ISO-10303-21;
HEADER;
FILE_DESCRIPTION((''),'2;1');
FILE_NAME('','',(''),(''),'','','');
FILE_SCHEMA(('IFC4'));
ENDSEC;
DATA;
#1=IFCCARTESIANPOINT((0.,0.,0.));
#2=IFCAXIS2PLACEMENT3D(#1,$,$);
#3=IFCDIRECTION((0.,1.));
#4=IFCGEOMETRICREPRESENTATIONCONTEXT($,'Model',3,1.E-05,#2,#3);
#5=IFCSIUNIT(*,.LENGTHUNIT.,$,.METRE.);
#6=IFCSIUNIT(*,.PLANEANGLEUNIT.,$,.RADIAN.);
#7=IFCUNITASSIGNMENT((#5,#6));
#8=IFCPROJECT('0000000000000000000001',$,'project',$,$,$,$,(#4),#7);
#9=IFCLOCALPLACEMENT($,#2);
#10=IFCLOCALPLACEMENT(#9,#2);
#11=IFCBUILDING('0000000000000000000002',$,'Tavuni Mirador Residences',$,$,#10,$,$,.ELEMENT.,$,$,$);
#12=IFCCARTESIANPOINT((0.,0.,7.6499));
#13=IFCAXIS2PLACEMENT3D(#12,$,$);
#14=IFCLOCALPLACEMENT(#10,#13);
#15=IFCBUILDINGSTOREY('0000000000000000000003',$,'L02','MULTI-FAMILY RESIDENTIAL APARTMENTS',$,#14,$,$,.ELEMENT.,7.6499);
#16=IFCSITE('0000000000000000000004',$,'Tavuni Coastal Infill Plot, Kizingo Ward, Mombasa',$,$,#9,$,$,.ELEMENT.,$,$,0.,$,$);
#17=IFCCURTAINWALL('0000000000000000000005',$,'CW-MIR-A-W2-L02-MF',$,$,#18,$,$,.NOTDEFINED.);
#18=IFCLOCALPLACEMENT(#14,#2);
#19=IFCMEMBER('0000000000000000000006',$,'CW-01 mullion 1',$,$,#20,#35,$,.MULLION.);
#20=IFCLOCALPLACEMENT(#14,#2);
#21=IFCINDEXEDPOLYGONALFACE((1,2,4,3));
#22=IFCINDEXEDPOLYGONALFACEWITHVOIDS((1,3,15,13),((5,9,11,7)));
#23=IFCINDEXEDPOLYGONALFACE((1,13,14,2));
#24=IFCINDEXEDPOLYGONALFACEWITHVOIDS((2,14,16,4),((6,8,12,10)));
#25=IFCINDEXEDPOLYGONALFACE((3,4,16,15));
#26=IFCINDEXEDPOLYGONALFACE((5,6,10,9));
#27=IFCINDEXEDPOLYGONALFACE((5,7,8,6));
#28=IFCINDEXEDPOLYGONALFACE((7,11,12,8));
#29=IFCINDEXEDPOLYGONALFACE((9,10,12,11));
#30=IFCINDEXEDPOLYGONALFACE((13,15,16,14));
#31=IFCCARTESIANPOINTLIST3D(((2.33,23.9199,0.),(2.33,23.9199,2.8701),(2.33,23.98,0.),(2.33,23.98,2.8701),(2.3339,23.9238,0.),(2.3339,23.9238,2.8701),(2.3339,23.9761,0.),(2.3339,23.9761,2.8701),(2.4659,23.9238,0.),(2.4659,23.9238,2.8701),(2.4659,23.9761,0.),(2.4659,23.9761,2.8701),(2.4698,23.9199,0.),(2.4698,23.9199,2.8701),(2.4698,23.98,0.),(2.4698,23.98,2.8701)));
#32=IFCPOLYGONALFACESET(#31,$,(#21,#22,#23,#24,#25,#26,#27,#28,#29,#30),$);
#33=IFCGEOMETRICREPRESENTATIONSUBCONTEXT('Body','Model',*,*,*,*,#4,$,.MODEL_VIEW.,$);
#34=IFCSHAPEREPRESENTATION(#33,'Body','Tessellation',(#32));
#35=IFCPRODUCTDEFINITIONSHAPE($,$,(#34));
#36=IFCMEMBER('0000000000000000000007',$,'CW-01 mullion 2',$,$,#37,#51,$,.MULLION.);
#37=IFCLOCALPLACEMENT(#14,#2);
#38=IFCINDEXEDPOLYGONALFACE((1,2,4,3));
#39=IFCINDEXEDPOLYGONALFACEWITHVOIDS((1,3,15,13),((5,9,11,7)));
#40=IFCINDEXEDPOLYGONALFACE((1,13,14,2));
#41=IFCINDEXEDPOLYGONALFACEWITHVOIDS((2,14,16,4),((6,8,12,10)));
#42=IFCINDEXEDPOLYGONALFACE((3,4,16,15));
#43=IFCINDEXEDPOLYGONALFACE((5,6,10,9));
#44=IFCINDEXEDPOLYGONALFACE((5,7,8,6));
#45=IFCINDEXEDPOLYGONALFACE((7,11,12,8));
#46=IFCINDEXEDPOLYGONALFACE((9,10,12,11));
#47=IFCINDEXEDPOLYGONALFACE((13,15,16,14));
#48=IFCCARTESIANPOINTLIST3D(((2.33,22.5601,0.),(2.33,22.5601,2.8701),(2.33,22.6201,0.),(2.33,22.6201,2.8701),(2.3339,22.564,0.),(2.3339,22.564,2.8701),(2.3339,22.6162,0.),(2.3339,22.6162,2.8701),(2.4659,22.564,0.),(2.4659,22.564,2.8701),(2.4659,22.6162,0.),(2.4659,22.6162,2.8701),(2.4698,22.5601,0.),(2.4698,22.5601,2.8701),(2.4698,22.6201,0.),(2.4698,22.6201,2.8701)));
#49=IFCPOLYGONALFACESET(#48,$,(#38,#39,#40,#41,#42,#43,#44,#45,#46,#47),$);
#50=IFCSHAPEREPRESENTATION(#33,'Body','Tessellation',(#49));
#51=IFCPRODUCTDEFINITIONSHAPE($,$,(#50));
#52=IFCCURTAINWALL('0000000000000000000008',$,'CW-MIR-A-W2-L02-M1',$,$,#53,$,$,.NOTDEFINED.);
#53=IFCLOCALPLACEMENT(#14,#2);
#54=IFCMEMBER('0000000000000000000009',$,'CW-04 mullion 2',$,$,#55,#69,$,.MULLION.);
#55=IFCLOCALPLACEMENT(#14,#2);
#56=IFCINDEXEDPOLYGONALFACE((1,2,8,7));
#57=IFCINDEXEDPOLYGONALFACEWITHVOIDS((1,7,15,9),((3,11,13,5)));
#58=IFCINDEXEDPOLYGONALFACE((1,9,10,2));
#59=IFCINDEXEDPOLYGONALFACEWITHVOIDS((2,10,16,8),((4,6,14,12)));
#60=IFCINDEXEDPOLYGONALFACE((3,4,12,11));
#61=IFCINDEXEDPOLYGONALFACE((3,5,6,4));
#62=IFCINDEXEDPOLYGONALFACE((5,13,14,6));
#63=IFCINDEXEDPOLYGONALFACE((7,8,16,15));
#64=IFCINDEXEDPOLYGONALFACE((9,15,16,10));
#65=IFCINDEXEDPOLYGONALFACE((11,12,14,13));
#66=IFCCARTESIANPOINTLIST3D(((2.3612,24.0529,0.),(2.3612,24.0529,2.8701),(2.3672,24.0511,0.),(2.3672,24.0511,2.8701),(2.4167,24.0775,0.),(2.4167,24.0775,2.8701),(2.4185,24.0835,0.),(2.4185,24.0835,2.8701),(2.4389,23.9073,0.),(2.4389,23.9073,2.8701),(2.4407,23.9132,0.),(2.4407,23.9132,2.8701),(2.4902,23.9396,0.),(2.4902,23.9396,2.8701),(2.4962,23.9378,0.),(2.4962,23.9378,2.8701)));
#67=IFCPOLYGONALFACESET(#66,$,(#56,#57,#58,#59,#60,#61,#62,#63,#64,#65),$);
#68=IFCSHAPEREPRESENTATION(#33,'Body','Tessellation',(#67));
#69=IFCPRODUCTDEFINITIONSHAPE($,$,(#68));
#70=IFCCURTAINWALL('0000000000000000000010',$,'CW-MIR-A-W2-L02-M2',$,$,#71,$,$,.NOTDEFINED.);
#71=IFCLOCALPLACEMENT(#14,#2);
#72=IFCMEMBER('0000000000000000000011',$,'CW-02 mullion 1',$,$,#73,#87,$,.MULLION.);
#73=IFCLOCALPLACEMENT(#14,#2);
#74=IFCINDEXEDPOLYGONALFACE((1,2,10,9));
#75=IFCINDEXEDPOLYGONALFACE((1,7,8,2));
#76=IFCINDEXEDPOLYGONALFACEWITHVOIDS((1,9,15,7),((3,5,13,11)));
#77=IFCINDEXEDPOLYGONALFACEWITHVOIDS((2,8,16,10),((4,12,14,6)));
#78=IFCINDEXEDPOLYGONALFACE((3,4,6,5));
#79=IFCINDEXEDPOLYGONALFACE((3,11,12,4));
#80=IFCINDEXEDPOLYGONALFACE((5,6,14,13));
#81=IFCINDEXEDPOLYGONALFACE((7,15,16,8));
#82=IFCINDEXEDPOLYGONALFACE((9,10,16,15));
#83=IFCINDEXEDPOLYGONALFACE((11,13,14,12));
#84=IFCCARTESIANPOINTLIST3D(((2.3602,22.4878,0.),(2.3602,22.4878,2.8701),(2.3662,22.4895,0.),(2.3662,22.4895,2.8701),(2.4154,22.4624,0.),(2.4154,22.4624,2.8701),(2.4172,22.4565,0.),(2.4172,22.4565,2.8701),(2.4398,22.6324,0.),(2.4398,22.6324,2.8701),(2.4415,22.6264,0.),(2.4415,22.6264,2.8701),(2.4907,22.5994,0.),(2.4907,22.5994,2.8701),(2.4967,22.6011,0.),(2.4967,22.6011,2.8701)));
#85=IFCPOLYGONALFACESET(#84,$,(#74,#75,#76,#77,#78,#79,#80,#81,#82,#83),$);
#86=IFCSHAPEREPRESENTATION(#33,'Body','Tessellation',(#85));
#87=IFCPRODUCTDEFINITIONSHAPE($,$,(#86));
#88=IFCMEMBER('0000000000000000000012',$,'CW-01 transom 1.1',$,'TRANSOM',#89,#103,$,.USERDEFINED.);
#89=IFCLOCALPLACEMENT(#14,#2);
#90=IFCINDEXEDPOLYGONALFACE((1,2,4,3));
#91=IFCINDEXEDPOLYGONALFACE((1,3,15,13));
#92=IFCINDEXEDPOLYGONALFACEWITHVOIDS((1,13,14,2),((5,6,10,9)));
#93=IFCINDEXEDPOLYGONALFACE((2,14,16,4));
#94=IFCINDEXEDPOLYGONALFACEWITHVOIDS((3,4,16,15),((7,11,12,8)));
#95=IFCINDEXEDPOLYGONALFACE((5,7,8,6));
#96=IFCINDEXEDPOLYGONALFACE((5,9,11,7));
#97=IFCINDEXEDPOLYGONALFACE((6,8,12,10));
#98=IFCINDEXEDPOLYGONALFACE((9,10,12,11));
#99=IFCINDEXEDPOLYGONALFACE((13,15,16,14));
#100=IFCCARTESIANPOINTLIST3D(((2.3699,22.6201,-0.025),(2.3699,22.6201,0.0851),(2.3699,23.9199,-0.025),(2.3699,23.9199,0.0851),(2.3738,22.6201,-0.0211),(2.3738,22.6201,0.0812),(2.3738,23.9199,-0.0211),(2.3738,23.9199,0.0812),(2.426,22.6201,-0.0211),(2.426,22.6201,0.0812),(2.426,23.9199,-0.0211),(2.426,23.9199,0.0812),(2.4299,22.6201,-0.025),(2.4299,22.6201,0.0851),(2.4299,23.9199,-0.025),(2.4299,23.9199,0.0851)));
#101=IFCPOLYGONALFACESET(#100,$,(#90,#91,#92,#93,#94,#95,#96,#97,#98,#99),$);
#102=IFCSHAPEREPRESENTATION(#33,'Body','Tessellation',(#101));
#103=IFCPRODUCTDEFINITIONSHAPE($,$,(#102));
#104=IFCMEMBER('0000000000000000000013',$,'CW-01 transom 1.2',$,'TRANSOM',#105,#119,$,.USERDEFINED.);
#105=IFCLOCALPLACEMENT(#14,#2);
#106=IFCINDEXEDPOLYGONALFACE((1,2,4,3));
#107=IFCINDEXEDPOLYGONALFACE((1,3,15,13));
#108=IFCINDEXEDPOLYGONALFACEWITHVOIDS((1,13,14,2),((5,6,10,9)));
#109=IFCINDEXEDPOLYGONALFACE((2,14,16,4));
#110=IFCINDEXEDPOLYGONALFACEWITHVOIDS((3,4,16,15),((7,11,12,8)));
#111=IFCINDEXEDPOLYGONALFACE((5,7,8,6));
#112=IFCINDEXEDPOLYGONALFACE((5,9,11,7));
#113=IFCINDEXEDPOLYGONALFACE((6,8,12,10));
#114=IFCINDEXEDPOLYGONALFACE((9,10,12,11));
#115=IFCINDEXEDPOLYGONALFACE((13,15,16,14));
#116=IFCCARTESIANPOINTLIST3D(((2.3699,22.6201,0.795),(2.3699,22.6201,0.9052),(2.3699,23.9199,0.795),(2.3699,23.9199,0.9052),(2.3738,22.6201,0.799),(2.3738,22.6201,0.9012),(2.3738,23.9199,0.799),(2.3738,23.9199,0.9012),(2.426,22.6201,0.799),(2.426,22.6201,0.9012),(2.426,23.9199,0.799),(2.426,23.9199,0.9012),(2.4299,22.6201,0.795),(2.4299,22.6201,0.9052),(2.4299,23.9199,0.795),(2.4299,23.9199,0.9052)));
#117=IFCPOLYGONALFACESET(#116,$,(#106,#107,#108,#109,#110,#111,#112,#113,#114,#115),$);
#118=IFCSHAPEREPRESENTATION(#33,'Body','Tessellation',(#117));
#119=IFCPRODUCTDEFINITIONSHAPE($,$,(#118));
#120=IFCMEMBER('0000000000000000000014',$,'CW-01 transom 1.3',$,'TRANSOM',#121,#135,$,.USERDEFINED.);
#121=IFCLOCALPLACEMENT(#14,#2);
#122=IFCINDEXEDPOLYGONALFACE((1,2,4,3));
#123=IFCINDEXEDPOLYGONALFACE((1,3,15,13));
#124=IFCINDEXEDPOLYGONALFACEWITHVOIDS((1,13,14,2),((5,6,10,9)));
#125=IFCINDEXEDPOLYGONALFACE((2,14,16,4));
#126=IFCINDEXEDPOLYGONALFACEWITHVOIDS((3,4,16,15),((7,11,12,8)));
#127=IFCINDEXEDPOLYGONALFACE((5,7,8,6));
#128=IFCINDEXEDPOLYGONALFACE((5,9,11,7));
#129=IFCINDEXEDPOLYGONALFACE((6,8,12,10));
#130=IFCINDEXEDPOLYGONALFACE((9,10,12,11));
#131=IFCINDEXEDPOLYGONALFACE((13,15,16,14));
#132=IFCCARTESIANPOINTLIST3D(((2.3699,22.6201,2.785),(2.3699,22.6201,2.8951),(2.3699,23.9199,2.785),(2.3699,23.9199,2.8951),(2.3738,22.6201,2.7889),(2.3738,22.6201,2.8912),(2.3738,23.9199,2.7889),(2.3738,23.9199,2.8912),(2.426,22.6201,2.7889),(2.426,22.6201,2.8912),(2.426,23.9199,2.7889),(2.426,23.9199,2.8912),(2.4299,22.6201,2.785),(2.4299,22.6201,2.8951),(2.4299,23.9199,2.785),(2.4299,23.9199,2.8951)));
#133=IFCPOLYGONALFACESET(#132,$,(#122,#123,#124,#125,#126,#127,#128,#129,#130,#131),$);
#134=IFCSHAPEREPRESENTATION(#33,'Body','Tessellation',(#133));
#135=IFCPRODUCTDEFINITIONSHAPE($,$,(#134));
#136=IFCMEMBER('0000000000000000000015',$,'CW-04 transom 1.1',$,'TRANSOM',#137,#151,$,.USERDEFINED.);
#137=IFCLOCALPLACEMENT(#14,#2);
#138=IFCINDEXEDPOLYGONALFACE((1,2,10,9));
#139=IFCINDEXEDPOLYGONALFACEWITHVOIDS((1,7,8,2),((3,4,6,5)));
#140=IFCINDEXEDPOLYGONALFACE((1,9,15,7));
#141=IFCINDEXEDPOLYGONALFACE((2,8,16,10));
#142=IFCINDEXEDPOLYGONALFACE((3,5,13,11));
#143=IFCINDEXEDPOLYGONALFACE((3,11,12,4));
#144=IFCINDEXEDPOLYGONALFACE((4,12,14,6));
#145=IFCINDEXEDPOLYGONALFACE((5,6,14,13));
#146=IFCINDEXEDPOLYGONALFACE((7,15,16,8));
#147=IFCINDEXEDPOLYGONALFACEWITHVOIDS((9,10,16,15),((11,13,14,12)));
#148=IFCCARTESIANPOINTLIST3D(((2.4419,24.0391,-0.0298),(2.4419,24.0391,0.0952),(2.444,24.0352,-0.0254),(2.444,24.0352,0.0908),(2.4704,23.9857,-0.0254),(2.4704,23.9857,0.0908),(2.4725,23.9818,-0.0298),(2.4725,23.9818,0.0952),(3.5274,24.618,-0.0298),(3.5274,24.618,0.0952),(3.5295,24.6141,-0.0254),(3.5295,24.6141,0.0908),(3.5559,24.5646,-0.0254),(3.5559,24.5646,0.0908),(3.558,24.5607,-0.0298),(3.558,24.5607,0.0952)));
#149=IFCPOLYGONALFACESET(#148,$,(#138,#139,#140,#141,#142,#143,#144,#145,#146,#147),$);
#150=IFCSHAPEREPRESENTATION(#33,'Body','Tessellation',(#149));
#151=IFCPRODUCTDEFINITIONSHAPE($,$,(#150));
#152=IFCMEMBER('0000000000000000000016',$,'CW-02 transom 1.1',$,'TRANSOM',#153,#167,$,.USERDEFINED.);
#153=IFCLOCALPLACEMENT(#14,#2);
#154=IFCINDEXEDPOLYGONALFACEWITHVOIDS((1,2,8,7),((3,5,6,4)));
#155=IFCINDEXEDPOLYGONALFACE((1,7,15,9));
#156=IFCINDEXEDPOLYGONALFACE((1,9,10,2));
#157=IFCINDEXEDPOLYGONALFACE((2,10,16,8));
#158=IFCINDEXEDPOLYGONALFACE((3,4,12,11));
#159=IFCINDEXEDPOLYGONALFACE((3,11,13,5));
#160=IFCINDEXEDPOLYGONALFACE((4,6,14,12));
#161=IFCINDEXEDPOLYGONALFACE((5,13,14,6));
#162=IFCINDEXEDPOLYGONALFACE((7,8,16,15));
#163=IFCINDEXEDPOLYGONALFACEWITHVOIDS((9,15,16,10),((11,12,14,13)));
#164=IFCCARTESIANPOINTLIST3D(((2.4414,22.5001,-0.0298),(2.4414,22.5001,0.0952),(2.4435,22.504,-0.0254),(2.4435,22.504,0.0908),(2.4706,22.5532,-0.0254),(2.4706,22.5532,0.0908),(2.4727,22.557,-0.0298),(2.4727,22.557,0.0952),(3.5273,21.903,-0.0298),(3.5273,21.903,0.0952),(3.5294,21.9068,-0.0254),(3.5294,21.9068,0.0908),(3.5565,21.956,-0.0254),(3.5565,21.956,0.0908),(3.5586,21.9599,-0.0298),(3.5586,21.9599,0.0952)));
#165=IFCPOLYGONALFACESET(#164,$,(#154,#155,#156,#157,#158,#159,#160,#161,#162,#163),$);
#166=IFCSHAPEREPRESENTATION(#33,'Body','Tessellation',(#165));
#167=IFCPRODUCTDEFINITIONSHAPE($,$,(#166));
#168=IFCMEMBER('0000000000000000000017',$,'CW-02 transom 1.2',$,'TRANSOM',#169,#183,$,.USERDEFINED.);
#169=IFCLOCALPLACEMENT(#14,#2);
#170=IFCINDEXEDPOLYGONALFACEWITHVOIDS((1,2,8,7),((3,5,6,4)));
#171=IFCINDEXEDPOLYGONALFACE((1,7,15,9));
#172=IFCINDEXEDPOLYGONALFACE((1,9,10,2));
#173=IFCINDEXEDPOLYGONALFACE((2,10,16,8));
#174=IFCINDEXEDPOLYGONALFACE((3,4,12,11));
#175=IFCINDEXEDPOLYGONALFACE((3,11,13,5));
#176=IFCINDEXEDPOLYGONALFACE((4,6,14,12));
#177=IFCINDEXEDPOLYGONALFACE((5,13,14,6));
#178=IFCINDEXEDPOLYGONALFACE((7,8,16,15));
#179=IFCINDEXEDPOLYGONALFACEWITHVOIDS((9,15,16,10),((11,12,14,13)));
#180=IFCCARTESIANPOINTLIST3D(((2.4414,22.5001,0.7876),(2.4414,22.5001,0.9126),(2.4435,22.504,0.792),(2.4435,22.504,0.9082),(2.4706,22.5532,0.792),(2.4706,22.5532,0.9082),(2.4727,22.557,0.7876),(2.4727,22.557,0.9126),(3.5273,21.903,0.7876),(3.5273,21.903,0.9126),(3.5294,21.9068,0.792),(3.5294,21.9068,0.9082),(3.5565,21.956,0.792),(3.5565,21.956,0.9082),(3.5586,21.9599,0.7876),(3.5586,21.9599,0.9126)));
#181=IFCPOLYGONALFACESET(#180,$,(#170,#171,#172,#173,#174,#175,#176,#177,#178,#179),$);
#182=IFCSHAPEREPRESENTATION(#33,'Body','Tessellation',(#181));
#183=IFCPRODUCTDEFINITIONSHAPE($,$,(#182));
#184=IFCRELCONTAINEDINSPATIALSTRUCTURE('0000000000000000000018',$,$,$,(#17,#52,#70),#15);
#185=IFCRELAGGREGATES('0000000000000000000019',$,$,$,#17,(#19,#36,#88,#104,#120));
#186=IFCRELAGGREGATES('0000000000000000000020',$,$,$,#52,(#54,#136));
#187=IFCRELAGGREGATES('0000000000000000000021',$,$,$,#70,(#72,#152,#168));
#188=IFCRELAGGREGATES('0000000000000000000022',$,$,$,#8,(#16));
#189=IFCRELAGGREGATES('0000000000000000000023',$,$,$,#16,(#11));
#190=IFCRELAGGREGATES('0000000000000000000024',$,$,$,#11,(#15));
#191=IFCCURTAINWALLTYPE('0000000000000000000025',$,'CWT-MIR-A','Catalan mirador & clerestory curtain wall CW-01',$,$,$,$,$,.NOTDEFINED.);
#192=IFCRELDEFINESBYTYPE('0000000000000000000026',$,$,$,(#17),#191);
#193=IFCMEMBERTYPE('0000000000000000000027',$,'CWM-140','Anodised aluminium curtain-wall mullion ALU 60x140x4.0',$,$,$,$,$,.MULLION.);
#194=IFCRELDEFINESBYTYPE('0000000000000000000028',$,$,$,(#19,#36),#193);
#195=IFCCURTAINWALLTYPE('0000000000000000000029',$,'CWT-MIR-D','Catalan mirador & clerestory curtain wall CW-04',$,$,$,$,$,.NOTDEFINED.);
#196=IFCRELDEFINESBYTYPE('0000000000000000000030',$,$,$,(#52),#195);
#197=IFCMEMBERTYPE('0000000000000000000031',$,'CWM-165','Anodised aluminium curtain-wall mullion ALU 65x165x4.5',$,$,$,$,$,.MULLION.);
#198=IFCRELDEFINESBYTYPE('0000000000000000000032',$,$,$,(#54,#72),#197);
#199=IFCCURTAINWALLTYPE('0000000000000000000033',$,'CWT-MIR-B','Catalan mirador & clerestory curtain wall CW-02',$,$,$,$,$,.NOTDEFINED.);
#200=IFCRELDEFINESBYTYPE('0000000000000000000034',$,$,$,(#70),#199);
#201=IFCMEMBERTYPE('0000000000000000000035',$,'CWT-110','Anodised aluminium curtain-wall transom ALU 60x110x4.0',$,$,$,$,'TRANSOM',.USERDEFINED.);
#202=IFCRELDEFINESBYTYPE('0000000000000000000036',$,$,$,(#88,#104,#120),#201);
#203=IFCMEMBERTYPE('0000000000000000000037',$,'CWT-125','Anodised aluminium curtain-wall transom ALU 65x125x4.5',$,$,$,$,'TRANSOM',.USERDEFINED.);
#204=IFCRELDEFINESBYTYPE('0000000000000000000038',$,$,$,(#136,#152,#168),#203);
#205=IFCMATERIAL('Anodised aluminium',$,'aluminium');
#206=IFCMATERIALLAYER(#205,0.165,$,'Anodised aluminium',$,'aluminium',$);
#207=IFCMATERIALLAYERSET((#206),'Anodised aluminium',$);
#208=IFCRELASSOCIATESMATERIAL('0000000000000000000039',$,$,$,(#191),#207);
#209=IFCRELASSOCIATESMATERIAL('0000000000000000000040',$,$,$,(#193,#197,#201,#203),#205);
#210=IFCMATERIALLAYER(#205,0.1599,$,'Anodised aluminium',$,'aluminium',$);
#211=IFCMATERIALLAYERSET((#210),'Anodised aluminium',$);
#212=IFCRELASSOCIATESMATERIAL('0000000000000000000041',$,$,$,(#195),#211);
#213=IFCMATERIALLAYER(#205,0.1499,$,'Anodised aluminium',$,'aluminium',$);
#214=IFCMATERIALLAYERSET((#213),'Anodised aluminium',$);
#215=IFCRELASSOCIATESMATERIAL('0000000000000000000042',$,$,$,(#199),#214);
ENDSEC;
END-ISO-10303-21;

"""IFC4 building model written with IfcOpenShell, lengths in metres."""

from ifc_helpers import new_model, si_unit, direction, frame, origin, origin_2d, place, context, subcontext, project, spatial, hollow_rectangle, extrude, material, layer, layer_set, material_profile, profile_set, type_object, element, aggregate, save


model = new_model("IFC4")

# Units and contexts
model_context = context("Model", 3, precision=1e-05, world=origin(), true_north=direction((0.0, 1.0)))
body_context = subcontext(model_context, "Body", "Model", "MODEL_VIEW")
ifc_project = project(units=[si_unit("LENGTHUNIT", "METRE"), si_unit("PLANEANGLEUNIT", "RADIAN")], contexts=[model_context])

# Site, building, storey
site_placement = place(None, origin())
site = spatial("IfcSite", under=ifc_project, at=site_placement, Name="Tavuni Coastal Infill Plot, Kizingo Ward, Mombasa", CompositionType="ELEMENT", RefElevation=0.0)
building_placement = place(site_placement, origin())
building = spatial("IfcBuilding", under=site, at=building_placement, Name="Tavuni Mirador Residences", CompositionType="ELEMENT")
storey_placement = place(building_placement, frame((0.0, 0.0, 7.6499)))
storey = spatial("IfcBuildingStorey", under=building, at=storey_placement, Name="L02", Description="MULTI-FAMILY RESIDENTIAL APARTMENTS", CompositionType="ELEMENT", Elevation=7.6499)

# Curtain wall, members
ifc_material_1 = material(Name="Anodised aluminium", Category="aluminium")
ifc_layer_1 = layer(ifc_material_1, 0.165, Name="Anodised aluminium", Category="aluminium")
ifc_layer_set_1 = layer_set([ifc_layer_1], Name="Anodised aluminium")
curtain_wall_type_1 = type_object("IfcCurtainWallType", Name="CWT-MIR-A", Description="Catalan mirador & clerestory curtain wall CW-01", PredefinedType="NOTDEFINED", material=ifc_layer_set_1)
curtain_wall_1_placement = place(storey_placement, origin())
curtain_wall_1 = element("IfcCurtainWall", 1, at=curtain_wall_1_placement, inside=storey, type_object=curtain_wall_type_1, Name="CW-MIR-A-W2-L02-MF", PredefinedType="NOTDEFINED")
ifc_material_profile_1 = material_profile(ifc_material_1, hollow_rectangle(XDim=0.0601, YDim=0.1399, WallThickness=0.0039, at=origin_2d()), Name="ALU 60x140x4.0", Category="aluminium")
ifc_profile_set_1 = profile_set([ifc_material_profile_1], Name="Anodised aluminium")
member_type_1 = type_object("IfcMemberType", Name="CWM-140", Description="Anodised aluminium curtain-wall mullion ALU 60x140x4.0", PredefinedType="MULLION", material=ifc_profile_set_1)
member_1_placement = place(storey_placement, frame((2.3999, 23.95, 0.0), z_axis=(0.0, 0.0, 1.0), x_axis=(0.0, -1.0, 0.0)))
member_1 = element("IfcMember", 2, at=member_1_placement, type_object=member_type_1, Name="CW-01 mullion 1", PredefinedType="MULLION", context=body_context, shape_type="SweptSolid", body=[
    extrude(hollow_rectangle(XDim=0.0601, YDim=0.1399, WallThickness=0.0039, at=origin_2d()), origin(), (0.0, 0.0, 1.0), 2.8701),
])
member_2_placement = place(storey_placement, frame((2.3999, 22.5901, 0.0), z_axis=(0.0, 0.0, 1.0), x_axis=(0.0, -1.0, 0.0)))
member_2 = element("IfcMember", 3, at=member_2_placement, type_object=member_type_1, Name="CW-01 mullion 2", PredefinedType="MULLION", context=body_context, shape_type="SweptSolid", body=[
    extrude(hollow_rectangle(XDim=0.0601, YDim=0.1399, WallThickness=0.0039, at=origin_2d()), origin(), (0.0, 0.0, 1.0), 2.8701),
])

# Curtain walls, members
ifc_layer_2 = layer(ifc_material_1, 0.1599, Name="Anodised aluminium", Category="aluminium")
ifc_layer_set_2 = layer_set([ifc_layer_2], Name="Anodised aluminium")
curtain_wall_type_2 = type_object("IfcCurtainWallType", Name="CWT-MIR-D", Description="Catalan mirador & clerestory curtain wall CW-04", PredefinedType="NOTDEFINED", material=ifc_layer_set_2)
curtain_wall_2_placement = place(storey_placement, origin())
curtain_wall_2 = element("IfcCurtainWall", 4, at=curtain_wall_2_placement, inside=storey, type_object=curtain_wall_type_2, Name="CW-MIR-A-W2-L02-M1", PredefinedType="NOTDEFINED")
ifc_material_profile_2 = material_profile(ifc_material_1, hollow_rectangle(XDim=0.0649, YDim=0.165, WallThickness=0.0044, at=origin_2d()), Name="ALU 65x165x4.5", Category="aluminium")
ifc_profile_set_2 = profile_set([ifc_material_profile_2], Name="Anodised aluminium")
member_type_2 = type_object("IfcMemberType", Name="CWM-165", Description="Anodised aluminium curtain-wall mullion ALU 65x165x4.5", PredefinedType="MULLION", material=ifc_profile_set_2)
member_3_placement = place(storey_placement, frame((2.4287, 23.9954, 0.0), z_axis=(0.0, 0.0, 1.0), x_axis=(-0.882353, -0.470588, 0.0)))
member_3 = element("IfcMember", 5, at=member_3_placement, type_object=member_type_2, Name="CW-04 mullion 2", PredefinedType="MULLION", context=body_context, shape_type="SweptSolid", body=[
    extrude(hollow_rectangle(XDim=0.0649, YDim=0.165, WallThickness=0.0044, at=origin_2d()), origin(), (0.0, 0.0, 1.0), 2.8701),
])
ifc_layer_3 = layer(ifc_material_1, 0.1499, Name="Anodised aluminium", Category="aluminium")
ifc_layer_set_3 = layer_set([ifc_layer_3], Name="Anodised aluminium")
curtain_wall_type_3 = type_object("IfcCurtainWallType", Name="CWT-MIR-B", Description="Catalan mirador & clerestory curtain wall CW-02", PredefinedType="NOTDEFINED", material=ifc_layer_set_3)
curtain_wall_3_placement = place(storey_placement, origin())
curtain_wall_3 = element("IfcCurtainWall", 6, at=curtain_wall_3_placement, inside=storey, type_object=curtain_wall_type_3, Name="CW-MIR-A-W2-L02-M2", PredefinedType="NOTDEFINED")
member_4_placement = place(storey_placement, frame((2.4285, 22.5444, 0.0), z_axis=(0.0, 0.0, 1.0), x_axis=(0.876216, -0.481919, 0.0)))
member_4 = element("IfcMember", 7, at=member_4_placement, type_object=member_type_2, Name="CW-02 mullion 1", PredefinedType="MULLION", context=body_context, shape_type="SweptSolid", body=[
    extrude(hollow_rectangle(XDim=0.0649, YDim=0.165, WallThickness=0.0044, at=origin_2d()), origin(), (0.0, 0.0, 1.0), 2.8701),
])

# Members
ifc_material_profile_3 = material_profile(ifc_material_1, hollow_rectangle(XDim=0.0601, YDim=0.1101, WallThickness=0.0039, at=origin_2d()), Name="ALU 60x110x4.0", Category="aluminium")
ifc_profile_set_3 = profile_set([ifc_material_profile_3], Name="Anodised aluminium")
member_type_3 = type_object("IfcMemberType", Name="CWT-110", Description="Anodised aluminium curtain-wall transom ALU 60x110x4.0", ElementType="TRANSOM", PredefinedType="USERDEFINED", material=ifc_profile_set_3)
member_5_placement = place(storey_placement, frame((2.3999, 23.9199, 0.03), z_axis=(0.0, -1.0, 0.0), x_axis=(1.0, 0.0, 0.0)))
member_5 = element("IfcMember", 8, at=member_5_placement, type_object=member_type_3, Name="CW-01 transom 1.1", ObjectType="TRANSOM", PredefinedType="USERDEFINED", context=body_context, shape_type="SweptSolid", body=[
    extrude(hollow_rectangle(XDim=0.0601, YDim=0.1101, WallThickness=0.0039, at=origin_2d()), origin(), (0.0, 0.0, 1.0), 1.2998),
])
member_6_placement = place(storey_placement, frame((2.3999, 23.9199, 0.8501), z_axis=(0.0, -1.0, 0.0), x_axis=(1.0, 0.0, 0.0)))
member_6 = element("IfcMember", 9, at=member_6_placement, type_object=member_type_3, Name="CW-01 transom 1.2", ObjectType="TRANSOM", PredefinedType="USERDEFINED", context=body_context, shape_type="SweptSolid", body=[
    extrude(hollow_rectangle(XDim=0.0601, YDim=0.1101, WallThickness=0.0039, at=origin_2d()), origin(), (0.0, 0.0, 1.0), 1.2998),
])
member_7_placement = place(storey_placement, frame((2.3999, 23.9199, 2.8401), z_axis=(0.0, -1.0, 0.0), x_axis=(1.0, 0.0, 0.0)))
member_7 = element("IfcMember", 10, at=member_7_placement, type_object=member_type_3, Name="CW-01 transom 1.3", ObjectType="TRANSOM", PredefinedType="USERDEFINED", context=body_context, shape_type="SweptSolid", body=[
    extrude(hollow_rectangle(XDim=0.0601, YDim=0.1101, WallThickness=0.0039, at=origin_2d()), origin(), (0.0, 0.0, 1.0), 1.2998),
])
ifc_material_profile_4 = material_profile(ifc_material_1, hollow_rectangle(XDim=0.0649, YDim=0.125, WallThickness=0.0044, at=origin_2d()), Name="ALU 65x125x4.5", Category="aluminium")
ifc_profile_set_4 = profile_set([ifc_material_profile_4], Name="Anodised aluminium")
member_type_4 = type_object("IfcMemberType", Name="CWT-125", Description="Anodised aluminium curtain-wall transom ALU 65x125x4.5", ElementType="TRANSOM", PredefinedType="USERDEFINED", material=ifc_profile_set_4)
member_8_placement = place(storey_placement, frame((3.5427, 24.5894, 0.0327), z_axis=(-0.882369, -0.470557, 0.0), x_axis=(0.470557, -0.882369, 0.0)))
member_8 = element("IfcMember", 11, at=member_8_placement, type_object=member_type_4, Name="CW-04 transom 1.1", ObjectType="TRANSOM", PredefinedType="USERDEFINED", context=body_context, shape_type="SweptSolid", body=[
    extrude(hollow_rectangle(XDim=0.0649, YDim=0.125, WallThickness=0.0044, at=origin_2d()), origin(), (0.0, 0.0, 1.0), 1.2302),
])
member_9_placement = place(storey_placement, frame((2.457, 22.5286, 0.0327), z_axis=(0.876249, -0.481858, 0.0), x_axis=(0.481858, 0.876249, 0.0)))
member_9 = element("IfcMember", 12, at=member_9_placement, type_object=member_type_4, Name="CW-02 transom 1.1", ObjectType="TRANSOM", PredefinedType="USERDEFINED", context=body_context, shape_type="SweptSolid", body=[
    extrude(hollow_rectangle(XDim=0.0649, YDim=0.125, WallThickness=0.0044, at=origin_2d()), origin(), (0.0, 0.0, 1.0), 1.2393),
])
member_10_placement = place(storey_placement, frame((2.457, 22.5286, 0.8501), z_axis=(0.876249, -0.481858, 0.0), x_axis=(0.481858, 0.876249, 0.0)))
member_10 = element("IfcMember", 13, at=member_10_placement, type_object=member_type_4, Name="CW-02 transom 1.2", ObjectType="TRANSOM", PredefinedType="USERDEFINED", context=body_context, shape_type="SweptSolid", body=[
    extrude(hollow_rectangle(XDim=0.0649, YDim=0.125, WallThickness=0.0044, at=origin_2d()), origin(), (0.0, 0.0, 1.0), 1.2393),
])

aggregate(curtain_wall_1, [member_1, member_2, member_5, member_6, member_7])
aggregate(curtain_wall_2, [member_3, member_8])
aggregate(curtain_wall_3, [member_4, member_9, member_10])

save(model, "model.ifc")
